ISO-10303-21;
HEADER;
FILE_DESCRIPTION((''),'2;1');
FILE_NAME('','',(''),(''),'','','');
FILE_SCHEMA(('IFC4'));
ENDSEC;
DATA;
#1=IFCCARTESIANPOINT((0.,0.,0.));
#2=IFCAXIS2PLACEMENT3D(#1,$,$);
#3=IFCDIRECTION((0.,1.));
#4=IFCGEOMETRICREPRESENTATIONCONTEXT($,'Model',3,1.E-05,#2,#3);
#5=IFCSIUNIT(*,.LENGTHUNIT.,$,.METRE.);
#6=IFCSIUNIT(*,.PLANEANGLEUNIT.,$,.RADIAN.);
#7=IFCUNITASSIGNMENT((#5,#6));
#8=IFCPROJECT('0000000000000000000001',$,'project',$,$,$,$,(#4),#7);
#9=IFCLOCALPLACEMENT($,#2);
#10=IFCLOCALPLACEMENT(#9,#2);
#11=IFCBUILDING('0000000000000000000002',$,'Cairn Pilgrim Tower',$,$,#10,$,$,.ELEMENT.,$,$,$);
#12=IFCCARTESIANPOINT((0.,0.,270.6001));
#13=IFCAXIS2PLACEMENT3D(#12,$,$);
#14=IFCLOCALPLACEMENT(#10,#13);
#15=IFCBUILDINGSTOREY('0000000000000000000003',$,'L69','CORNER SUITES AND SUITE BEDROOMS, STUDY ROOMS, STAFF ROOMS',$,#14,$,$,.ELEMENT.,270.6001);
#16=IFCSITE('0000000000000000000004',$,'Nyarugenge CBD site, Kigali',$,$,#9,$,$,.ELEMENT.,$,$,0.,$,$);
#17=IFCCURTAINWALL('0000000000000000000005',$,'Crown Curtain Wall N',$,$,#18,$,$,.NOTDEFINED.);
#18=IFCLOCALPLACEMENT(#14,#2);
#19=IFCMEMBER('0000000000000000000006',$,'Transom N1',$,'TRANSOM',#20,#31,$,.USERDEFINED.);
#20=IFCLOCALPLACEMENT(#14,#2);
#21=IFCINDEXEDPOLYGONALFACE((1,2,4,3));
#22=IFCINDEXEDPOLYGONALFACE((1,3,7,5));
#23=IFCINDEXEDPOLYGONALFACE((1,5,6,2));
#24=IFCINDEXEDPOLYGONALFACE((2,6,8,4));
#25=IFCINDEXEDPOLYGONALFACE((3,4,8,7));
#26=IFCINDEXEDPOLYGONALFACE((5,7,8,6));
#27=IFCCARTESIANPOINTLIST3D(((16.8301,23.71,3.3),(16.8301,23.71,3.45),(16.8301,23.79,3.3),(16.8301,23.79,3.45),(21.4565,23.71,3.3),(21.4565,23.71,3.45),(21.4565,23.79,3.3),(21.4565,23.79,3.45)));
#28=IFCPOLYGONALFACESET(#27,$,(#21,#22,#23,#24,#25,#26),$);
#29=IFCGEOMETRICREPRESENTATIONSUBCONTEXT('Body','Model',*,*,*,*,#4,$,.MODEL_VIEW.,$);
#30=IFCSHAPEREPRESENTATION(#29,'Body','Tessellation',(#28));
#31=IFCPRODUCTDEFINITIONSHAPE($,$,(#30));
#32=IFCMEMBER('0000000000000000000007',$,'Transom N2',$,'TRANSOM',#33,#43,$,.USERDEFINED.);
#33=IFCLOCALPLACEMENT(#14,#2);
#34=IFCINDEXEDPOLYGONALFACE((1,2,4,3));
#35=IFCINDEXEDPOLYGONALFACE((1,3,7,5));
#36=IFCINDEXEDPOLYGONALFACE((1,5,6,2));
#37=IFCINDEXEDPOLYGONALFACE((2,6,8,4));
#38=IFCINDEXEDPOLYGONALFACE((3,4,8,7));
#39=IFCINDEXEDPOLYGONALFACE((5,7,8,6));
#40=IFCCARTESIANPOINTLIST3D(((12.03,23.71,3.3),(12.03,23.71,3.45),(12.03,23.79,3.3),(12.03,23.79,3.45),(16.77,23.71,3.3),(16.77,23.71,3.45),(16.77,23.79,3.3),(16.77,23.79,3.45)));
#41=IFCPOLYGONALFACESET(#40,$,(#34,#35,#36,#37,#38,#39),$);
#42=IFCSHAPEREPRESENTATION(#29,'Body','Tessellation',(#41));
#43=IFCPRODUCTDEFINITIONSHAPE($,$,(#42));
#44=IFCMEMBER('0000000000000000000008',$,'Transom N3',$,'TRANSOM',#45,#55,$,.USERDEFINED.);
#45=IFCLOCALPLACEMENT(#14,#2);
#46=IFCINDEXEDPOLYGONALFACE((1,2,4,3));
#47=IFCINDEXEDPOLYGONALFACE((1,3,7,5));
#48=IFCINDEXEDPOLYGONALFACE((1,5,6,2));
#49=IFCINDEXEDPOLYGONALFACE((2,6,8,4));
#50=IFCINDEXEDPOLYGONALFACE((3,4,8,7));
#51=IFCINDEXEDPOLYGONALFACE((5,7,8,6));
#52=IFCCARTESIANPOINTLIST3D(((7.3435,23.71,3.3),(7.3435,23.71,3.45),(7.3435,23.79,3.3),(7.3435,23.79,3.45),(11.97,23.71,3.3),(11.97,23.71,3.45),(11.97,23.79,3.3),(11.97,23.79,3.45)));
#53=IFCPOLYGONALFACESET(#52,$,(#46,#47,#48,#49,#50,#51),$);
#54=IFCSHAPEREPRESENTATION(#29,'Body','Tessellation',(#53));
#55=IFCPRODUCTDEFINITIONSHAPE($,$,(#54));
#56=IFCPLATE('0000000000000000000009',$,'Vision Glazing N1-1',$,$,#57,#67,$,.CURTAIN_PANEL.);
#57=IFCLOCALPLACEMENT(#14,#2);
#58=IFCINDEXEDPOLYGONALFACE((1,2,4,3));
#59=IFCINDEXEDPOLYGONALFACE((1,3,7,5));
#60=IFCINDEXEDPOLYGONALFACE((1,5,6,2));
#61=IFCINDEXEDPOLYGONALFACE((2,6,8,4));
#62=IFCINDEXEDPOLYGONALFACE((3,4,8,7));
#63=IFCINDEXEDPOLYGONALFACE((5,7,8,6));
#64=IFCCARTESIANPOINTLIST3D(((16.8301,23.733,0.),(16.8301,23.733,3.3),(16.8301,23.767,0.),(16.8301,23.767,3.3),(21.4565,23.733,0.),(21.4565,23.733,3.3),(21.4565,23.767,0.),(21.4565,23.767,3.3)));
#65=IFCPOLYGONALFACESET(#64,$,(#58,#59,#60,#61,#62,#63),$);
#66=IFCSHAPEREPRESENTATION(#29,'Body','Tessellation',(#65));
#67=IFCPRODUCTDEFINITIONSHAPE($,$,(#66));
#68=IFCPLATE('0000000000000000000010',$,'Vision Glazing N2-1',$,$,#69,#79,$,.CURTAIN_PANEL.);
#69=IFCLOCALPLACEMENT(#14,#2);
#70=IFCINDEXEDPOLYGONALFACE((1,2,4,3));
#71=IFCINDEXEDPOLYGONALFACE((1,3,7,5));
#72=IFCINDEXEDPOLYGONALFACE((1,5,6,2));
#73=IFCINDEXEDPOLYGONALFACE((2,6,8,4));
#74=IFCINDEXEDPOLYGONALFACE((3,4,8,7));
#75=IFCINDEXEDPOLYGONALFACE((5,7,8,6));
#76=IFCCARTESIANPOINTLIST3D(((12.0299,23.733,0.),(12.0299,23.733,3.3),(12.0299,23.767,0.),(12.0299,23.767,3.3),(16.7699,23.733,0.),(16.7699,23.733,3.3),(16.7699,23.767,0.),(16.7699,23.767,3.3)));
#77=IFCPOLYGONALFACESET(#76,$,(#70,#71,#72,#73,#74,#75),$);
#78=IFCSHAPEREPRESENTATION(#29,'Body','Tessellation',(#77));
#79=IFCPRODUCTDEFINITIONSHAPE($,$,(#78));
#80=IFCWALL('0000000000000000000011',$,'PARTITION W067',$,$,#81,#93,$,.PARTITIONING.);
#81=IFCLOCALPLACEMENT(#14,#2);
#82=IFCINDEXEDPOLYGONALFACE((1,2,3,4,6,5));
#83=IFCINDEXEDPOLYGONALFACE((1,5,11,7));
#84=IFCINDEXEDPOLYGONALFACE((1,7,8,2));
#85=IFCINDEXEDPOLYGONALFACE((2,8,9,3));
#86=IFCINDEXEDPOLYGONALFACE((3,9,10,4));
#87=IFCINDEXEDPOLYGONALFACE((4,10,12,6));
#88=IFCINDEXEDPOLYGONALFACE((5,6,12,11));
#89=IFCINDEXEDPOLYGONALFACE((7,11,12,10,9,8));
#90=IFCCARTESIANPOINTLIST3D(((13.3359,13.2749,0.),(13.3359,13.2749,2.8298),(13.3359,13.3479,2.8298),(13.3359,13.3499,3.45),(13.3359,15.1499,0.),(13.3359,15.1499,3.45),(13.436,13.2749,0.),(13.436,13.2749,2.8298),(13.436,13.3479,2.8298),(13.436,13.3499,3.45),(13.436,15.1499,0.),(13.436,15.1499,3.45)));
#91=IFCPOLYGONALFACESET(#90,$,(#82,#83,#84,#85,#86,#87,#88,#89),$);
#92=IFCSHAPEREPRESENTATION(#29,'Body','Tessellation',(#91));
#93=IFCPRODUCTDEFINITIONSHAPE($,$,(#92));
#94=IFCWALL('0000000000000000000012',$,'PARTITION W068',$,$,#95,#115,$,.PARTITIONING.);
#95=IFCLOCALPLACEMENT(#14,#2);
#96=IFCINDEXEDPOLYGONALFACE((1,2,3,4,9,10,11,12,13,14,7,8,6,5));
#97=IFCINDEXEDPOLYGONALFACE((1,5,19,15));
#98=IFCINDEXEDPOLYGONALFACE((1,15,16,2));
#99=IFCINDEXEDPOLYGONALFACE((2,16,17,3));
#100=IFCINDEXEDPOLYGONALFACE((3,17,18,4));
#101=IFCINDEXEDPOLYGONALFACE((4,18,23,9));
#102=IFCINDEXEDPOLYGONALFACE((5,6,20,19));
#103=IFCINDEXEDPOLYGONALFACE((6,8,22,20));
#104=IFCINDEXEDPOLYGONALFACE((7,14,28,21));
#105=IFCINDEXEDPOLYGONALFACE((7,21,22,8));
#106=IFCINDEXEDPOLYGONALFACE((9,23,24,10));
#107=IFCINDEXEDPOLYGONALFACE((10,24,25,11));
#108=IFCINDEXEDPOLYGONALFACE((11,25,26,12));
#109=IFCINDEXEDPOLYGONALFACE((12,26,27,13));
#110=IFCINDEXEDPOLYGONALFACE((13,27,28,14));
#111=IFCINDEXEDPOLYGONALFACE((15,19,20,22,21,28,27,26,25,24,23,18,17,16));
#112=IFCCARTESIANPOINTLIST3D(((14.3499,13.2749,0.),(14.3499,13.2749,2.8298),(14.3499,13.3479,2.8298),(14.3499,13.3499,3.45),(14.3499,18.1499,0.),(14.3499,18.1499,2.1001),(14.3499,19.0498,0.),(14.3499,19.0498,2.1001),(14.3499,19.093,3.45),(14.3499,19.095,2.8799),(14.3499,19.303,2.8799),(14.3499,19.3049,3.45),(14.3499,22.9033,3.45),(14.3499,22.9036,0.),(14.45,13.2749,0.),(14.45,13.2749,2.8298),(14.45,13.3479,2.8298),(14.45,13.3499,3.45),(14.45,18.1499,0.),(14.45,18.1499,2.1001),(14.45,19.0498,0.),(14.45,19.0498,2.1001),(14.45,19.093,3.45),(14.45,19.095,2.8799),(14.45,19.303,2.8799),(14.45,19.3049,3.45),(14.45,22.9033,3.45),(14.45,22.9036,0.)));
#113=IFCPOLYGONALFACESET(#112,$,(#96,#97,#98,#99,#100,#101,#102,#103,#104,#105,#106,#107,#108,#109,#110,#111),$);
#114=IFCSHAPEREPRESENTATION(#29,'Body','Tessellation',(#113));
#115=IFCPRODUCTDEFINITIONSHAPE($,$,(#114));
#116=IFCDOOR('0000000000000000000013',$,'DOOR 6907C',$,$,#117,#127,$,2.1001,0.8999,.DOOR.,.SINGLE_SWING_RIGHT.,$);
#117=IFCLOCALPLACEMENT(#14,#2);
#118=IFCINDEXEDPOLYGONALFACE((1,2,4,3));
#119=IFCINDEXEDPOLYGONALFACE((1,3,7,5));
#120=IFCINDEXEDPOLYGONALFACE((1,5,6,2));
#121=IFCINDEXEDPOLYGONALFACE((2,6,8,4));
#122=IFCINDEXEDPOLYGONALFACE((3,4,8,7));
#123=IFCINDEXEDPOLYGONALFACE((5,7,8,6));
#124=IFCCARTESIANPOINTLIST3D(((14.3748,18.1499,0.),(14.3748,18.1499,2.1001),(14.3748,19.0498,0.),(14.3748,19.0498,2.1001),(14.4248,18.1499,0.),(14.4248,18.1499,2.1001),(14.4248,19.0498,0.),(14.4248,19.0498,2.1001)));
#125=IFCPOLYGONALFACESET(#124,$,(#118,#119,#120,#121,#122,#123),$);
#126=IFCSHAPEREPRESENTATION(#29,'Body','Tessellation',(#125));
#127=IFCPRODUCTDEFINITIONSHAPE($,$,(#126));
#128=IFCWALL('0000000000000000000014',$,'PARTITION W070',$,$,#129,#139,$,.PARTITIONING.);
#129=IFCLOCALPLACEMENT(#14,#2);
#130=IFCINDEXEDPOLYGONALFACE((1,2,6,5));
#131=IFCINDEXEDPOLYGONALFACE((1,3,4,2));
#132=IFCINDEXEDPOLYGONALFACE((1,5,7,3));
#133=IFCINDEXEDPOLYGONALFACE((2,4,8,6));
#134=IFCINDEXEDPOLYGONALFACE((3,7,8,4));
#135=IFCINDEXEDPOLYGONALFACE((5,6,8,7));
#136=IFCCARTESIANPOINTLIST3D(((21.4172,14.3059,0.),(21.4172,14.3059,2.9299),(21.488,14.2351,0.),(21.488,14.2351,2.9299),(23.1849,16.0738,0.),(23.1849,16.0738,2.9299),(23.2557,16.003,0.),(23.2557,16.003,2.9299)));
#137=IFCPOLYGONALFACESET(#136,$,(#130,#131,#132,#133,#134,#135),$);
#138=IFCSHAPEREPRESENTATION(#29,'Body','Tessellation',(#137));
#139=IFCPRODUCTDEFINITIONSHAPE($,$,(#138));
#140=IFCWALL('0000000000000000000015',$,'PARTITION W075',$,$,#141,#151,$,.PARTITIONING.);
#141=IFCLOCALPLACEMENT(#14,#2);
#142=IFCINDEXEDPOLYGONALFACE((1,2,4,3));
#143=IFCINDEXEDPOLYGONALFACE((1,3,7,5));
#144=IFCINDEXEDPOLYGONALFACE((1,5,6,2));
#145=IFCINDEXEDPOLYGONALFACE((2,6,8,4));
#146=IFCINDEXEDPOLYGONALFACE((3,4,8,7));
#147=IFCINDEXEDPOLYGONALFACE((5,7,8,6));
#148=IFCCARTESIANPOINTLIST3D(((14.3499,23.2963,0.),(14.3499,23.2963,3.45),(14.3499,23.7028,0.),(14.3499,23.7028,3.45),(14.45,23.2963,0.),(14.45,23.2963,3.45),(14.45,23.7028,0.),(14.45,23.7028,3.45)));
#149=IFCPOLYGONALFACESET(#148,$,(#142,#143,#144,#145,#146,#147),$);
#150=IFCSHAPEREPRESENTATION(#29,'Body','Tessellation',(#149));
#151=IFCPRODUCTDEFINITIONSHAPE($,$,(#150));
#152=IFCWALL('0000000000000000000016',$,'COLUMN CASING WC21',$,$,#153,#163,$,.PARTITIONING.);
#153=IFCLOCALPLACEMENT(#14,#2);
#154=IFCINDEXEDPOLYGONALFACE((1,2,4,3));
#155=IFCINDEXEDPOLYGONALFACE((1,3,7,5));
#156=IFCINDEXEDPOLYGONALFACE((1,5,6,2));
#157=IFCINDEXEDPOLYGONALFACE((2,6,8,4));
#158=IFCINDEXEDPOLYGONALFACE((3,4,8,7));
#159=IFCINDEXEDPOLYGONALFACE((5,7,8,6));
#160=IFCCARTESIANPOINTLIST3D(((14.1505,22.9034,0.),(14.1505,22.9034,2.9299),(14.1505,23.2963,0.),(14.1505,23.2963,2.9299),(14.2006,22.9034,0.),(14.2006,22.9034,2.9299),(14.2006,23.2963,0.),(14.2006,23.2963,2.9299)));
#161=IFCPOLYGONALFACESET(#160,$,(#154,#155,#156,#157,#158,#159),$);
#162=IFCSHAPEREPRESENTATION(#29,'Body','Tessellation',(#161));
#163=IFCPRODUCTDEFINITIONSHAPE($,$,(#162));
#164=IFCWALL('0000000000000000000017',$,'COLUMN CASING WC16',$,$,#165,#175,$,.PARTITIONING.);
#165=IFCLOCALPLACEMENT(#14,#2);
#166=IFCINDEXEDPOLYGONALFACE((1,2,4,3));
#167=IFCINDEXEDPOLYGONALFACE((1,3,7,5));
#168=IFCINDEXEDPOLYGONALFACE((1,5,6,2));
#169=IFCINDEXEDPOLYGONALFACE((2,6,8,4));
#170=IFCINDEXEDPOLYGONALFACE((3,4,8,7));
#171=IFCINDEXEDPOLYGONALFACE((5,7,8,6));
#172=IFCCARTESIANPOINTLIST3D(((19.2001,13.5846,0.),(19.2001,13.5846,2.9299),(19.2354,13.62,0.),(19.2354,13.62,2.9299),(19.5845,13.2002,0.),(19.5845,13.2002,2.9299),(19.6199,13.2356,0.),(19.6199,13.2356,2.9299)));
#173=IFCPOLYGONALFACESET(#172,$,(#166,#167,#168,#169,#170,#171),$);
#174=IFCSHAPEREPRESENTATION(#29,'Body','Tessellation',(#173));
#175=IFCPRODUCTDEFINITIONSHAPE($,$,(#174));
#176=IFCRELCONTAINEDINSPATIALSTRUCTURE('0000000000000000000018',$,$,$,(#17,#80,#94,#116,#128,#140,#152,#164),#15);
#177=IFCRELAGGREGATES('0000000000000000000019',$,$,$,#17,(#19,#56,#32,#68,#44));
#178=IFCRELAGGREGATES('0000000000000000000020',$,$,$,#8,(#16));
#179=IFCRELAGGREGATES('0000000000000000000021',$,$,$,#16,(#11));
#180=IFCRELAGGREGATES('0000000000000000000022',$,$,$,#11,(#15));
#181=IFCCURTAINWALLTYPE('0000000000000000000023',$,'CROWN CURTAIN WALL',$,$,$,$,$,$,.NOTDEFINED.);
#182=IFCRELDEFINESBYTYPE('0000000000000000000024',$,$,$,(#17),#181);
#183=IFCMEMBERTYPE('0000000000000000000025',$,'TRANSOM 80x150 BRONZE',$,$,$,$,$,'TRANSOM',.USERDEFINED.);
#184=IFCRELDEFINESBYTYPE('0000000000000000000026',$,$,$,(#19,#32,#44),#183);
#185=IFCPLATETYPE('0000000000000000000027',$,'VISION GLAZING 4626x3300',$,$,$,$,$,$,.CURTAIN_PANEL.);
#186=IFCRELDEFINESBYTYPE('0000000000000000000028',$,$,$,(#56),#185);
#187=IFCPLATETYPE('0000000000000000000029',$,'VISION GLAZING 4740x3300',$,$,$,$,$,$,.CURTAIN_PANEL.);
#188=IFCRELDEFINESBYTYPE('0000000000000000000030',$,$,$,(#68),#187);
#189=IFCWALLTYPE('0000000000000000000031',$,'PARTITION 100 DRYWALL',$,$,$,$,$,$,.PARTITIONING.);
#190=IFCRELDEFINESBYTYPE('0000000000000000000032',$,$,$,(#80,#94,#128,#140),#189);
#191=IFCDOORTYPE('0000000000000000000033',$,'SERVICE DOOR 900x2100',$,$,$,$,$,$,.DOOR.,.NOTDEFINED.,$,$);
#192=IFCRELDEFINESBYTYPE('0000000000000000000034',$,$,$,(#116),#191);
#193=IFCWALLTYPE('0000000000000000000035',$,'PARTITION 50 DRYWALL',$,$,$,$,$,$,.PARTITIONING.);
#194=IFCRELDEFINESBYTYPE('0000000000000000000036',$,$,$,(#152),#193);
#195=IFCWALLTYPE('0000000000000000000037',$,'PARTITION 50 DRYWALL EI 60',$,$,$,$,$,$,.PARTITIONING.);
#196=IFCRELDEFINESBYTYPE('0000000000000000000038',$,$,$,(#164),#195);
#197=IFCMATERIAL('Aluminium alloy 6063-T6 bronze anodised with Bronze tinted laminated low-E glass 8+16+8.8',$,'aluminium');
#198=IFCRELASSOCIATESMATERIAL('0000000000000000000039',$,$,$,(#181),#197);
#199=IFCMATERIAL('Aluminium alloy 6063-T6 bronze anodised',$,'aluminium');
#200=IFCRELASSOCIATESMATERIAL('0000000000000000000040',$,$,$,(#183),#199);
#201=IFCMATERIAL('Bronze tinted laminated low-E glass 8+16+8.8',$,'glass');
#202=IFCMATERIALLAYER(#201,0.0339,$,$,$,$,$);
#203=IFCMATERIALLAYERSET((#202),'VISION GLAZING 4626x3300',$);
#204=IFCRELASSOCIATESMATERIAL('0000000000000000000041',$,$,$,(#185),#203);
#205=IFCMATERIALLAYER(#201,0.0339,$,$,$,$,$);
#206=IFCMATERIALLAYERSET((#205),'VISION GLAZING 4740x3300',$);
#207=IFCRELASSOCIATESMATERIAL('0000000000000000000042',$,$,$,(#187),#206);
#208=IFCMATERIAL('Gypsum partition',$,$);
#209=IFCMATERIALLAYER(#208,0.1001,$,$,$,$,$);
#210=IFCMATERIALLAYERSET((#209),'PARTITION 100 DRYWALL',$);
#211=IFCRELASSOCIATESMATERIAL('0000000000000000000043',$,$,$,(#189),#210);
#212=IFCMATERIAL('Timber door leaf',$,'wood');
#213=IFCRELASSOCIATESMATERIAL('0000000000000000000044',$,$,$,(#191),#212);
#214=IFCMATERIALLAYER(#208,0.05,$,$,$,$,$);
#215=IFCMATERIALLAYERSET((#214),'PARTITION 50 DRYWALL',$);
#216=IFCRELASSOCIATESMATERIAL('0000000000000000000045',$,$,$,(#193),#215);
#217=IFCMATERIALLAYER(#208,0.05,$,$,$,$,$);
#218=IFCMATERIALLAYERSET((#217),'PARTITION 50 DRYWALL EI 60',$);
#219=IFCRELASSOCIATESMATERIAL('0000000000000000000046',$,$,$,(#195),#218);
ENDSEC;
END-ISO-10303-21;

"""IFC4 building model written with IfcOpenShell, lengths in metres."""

from ifc_helpers import new_model, si_unit, direction, frame, frame_2d, origin, origin_2d, place, context, subcontext, project, spatial, polyline, rectangle, outline, extrude, material, layer, layer_set, material_profile, profile_set, type_object, element, fill, aggregate, save


model = new_model("IFC4")

# Units and contexts
model_context = context("Model", 3, precision=1e-05, world=origin(), true_north=direction((0.0, 1.0)))
body_context = subcontext(model_context, "Body", "Model", "MODEL_VIEW")
ifc_project = project(units=[si_unit("LENGTHUNIT", "METRE"), si_unit("PLANEANGLEUNIT", "RADIAN")], contexts=[model_context])

# Site, building, storey
site_placement = place(None, origin())
site = spatial("IfcSite", under=ifc_project, at=site_placement, Name="Nyarugenge CBD site, Kigali", CompositionType="ELEMENT", RefElevation=0.0)
building_placement = place(site_placement, origin())
building = spatial("IfcBuilding", under=site, at=building_placement, Name="Cairn Pilgrim Tower", CompositionType="ELEMENT")
storey_placement = place(building_placement, frame((0.0, 0.0, 270.6001)))
storey = spatial("IfcBuildingStorey", under=building, at=storey_placement, Name="L69", Description="CORNER SUITES AND SUITE BEDROOMS, STUDY ROOMS, STAFF ROOMS", CompositionType="ELEMENT", Elevation=270.6001)

# Curtain wall
ifc_material_1 = material(Name="Aluminium alloy 6063-T6 bronze anodised with Bronze tinted laminated low-E glass 8+16+8.8", Category="aluminium")
curtain_wall_type = type_object("IfcCurtainWallType", Name="CROWN CURTAIN WALL", PredefinedType="NOTDEFINED", material=ifc_material_1)
curtain_wall_placement = place(storey_placement, origin())
curtain_wall = element("IfcCurtainWall", 1, at=curtain_wall_placement, inside=storey, type_object=curtain_wall_type, Name="Crown Curtain Wall N", PredefinedType="NOTDEFINED")
ifc_material_2 = material(Name="Aluminium alloy 6063-T6 bronze anodised", Category="aluminium")

# Members
ifc_material_profile_1 = material_profile(ifc_material_2, rectangle(XDim=0.0801, YDim=0.1499, at=origin_2d()), Name="TRANSOM 80x150 BRONZE")
ifc_profile_set_1 = profile_set([ifc_material_profile_1], Name="Aluminium alloy 6063-T6 bronze anodised")
member_type_1 = type_object("IfcMemberType", Name="TRANSOM 80x150 BRONZE", ElementType="TRANSOM", PredefinedType="USERDEFINED", material=ifc_profile_set_1)
member_1_placement = place(storey_placement, frame((21.4565, 23.75, 3.375), z_axis=(-1.0, 0.0, 0.0), x_axis=(0.0, -1.0, 0.0)))
member_1 = element("IfcMember", 2, at=member_1_placement, type_object=member_type_1, Name="Transom N1", ObjectType="TRANSOM", PredefinedType="USERDEFINED", context=body_context, shape_type="SweptSolid", body=[
    extrude(rectangle(XDim=0.0801, YDim=0.1499, at=origin_2d()), origin(), (0.0, 0.0, 1.0), 4.6265),
])
member_2_placement = place(storey_placement, frame((16.77, 23.75, 3.375), z_axis=(-1.0, 0.0, 0.0), x_axis=(0.0, -1.0, 0.0)))
member_2 = element("IfcMember", 3, at=member_2_placement, type_object=member_type_1, Name="Transom N2", ObjectType="TRANSOM", PredefinedType="USERDEFINED", context=body_context, shape_type="SweptSolid", body=[
    extrude(rectangle(XDim=0.0801, YDim=0.1499, at=origin_2d()), origin(), (0.0, 0.0, 1.0), 4.74),
])
member_3_placement = place(storey_placement, frame((11.97, 23.75, 3.375), z_axis=(-1.0, 0.0, 0.0), x_axis=(0.0, -1.0, 0.0)))
member_3 = element("IfcMember", 4, at=member_3_placement, type_object=member_type_1, Name="Transom N3", ObjectType="TRANSOM", PredefinedType="USERDEFINED", context=body_context, shape_type="SweptSolid", body=[
    extrude(rectangle(XDim=0.0801, YDim=0.1499, at=origin_2d()), origin(), (0.0, 0.0, 1.0), 4.6265),
])

# Plates
ifc_material_3 = material(Name="Bronze tinted laminated low-E glass 8+16+8.8", Category="glass")
ifc_layer_1 = layer(ifc_material_3, 0.0339)
ifc_layer_set_1 = layer_set([ifc_layer_1], Name="VISION GLAZING 4626x3300")
plate_type_1 = type_object("IfcPlateType", Name="VISION GLAZING 4626x3300", PredefinedType="CURTAIN_PANEL", material=ifc_layer_set_1)
plate_1_placement = place(storey_placement, frame((19.1433, 23.75, 0.0), z_axis=(0.0, 0.0, 1.0), x_axis=(-1.0, 0.0, 0.0)))
plate_1 = element("IfcPlate", 5, at=plate_1_placement, type_object=plate_type_1, Name="Vision Glazing N1-1", PredefinedType="CURTAIN_PANEL", context=body_context, shape_type="SweptSolid", body=[
    extrude(rectangle(XDim=4.6265, YDim=0.0339, at=origin_2d()), origin(), (0.0, 0.0, 1.0), 3.3),
])
ifc_layer_2 = layer(ifc_material_3, 0.0339)
ifc_layer_set_2 = layer_set([ifc_layer_2], Name="VISION GLAZING 4740x3300")
plate_type_2 = type_object("IfcPlateType", Name="VISION GLAZING 4740x3300", PredefinedType="CURTAIN_PANEL", material=ifc_layer_set_2)
plate_2_placement = place(storey_placement, frame((14.3999, 23.75, 0.0), z_axis=(0.0, 0.0, 1.0), x_axis=(-1.0, 0.0, 0.0)))
plate_2 = element("IfcPlate", 6, at=plate_2_placement, type_object=plate_type_2, Name="Vision Glazing N2-1", PredefinedType="CURTAIN_PANEL", context=body_context, shape_type="SweptSolid", body=[
    extrude(rectangle(XDim=4.74, YDim=0.0339, at=origin_2d()), origin(), (0.0, 0.0, 1.0), 3.3),
])
aggregate(curtain_wall, [member_1, plate_1, member_2, plate_2, member_3])

# Wall
ifc_material_4 = material(Name="Gypsum partition")
ifc_layer_3 = layer(ifc_material_4, 0.1001)
ifc_layer_set_3 = layer_set([ifc_layer_3], Name="PARTITION 100 DRYWALL")
wall_type_1 = type_object("IfcWallType", Name="PARTITION 100 DRYWALL", PredefinedType="PARTITIONING", material=ifc_layer_set_3)
wall_1_placement = place(storey_placement, frame((13.386, 13.2749, 0.0), z_axis=(0.0, 0.0, 1.0), x_axis=(0.0, 1.0, 0.0)))
element("IfcWall", 7, at=wall_1_placement, inside=storey, type_object=wall_type_1, Name="PARTITION W067", PredefinedType="PARTITIONING", context=body_context, shape_type="SweptSolid", body=[
    extrude(outline(polyline([(0.0, 0.0), (1.875, 0.0), (1.875, 3.45), (0.075, 3.45), (0.073, 2.8298), (0.0, 2.8298), (0.0, 0.0)])), frame((0.0, 0.05, 0.0), z_axis=(0.0, -1.0, 0.0), x_axis=(1.0, 0.0, 0.0)), (0.0, 0.0, 1.0), 0.1001),
])

# Wall, opening, door
wall_2_placement = place(storey_placement, frame((14.3999, 13.2749, 0.0), z_axis=(0.0, 0.0, 1.0), x_axis=(0.0, 1.0, 0.0)))
wall_2 = element("IfcWall", 8, at=wall_2_placement, inside=storey, type_object=wall_type_1, Name="PARTITION W068", PredefinedType="PARTITIONING", context=body_context, shape_type="SweptSolid", body=[
    extrude(outline(polyline([(0.0, 0.0), (9.6287, 0.0), (9.6284, 3.45), (6.03, 3.45), (6.0281, 2.8799), (5.8201, 2.8799), (5.8181, 3.45), (0.075, 3.45), (0.073, 2.8298), (0.0, 2.8298), (0.0, 0.0)])), frame((0.0, 0.05, 0.0), z_axis=(0.0, -1.0, 0.0), x_axis=(1.0, 0.0, 0.0)), (0.0, 0.0, 1.0), 0.1001),
])
opening_placement = place(wall_2_placement, frame((4.875, 0.0, 0.0)))
opening = element("IfcOpeningElement", 9, at=opening_placement, cuts=wall_2, PredefinedType="OPENING", context=body_context, shape_type="SweptSolid", body=[
    extrude(rectangle(XDim=0.8999, YDim=2.1001, at=frame_2d((0.45, 1.05))), frame((0.0, 0.0601, 0.0), z_axis=(0.0, -1.0, 0.0), x_axis=(1.0, 0.0, 0.0)), (0.0, 0.0, 1.0), 0.1201),
])
ifc_material_5 = material(Name="Timber door leaf", Category="wood")
door_type = type_object("IfcDoorType", Name="SERVICE DOOR 900x2100", OperationType="NOTDEFINED", PredefinedType="DOOR", material=ifc_material_5)
door_placement = place(opening_placement, frame((0.8999, 0.0, 0.0), z_axis=(0.0, 0.0, 1.0), x_axis=(-1.0, 0.0, 0.0)))
door = element("IfcDoor", 10, at=door_placement, inside=storey, type_object=door_type, Name="DOOR 6907C", OperationType="SINGLE_SWING_RIGHT", OverallHeight=2.1001, OverallWidth=0.8999, PredefinedType="DOOR", context=body_context, shape_type="SweptSolid", body=[
    extrude(rectangle(XDim=0.8999, YDim=2.1001, at=frame_2d((0.45, 1.05))), frame((0.0, 0.0249, 0.0), z_axis=(0.0, -1.0, 0.0), x_axis=(1.0, 0.0, 0.0)), (0.0, 0.0, 1.0), 0.05),
])
fill(opening, door)

# Walls
wall_3_placement = place(storey_placement, frame((21.4526, 14.2705, 0.0), z_axis=(0.0, 0.0, 1.0), x_axis=(0.707058, 0.707156, 0.0)))
element("IfcWall", 11, at=wall_3_placement, inside=storey, type_object=wall_type_1, Name="PARTITION W070", PredefinedType="PARTITIONING", context=body_context, shape_type="SweptSolid", body=[
    extrude(rectangle(XDim=2.5, YDim=0.1001, at=frame_2d((1.25, 0.0))), origin(), (0.0, 0.0, 1.0), 2.9299),
])
wall_4_placement = place(storey_placement, frame((14.3999, 23.2964, 0.0), z_axis=(0.0, 0.0, 1.0), x_axis=(0.0, 1.0, 0.0)))
element("IfcWall", 12, at=wall_4_placement, inside=storey, type_object=wall_type_1, Name="PARTITION W075", PredefinedType="PARTITIONING", context=body_context, shape_type="SweptSolid", body=[
    extrude(rectangle(XDim=0.4065, YDim=0.1001, at=frame_2d((0.2031, 0.0))), origin(), (0.0, 0.0, 1.0), 3.45),
])
ifc_layer_4 = layer(ifc_material_4, 0.05)
ifc_layer_set_4 = layer_set([ifc_layer_4], Name="PARTITION 50 DRYWALL")
wall_type_2 = type_object("IfcWallType", Name="PARTITION 50 DRYWALL", PredefinedType="PARTITIONING", material=ifc_layer_set_4)
wall_5_placement = place(storey_placement, frame((14.1755, 22.9036, 0.0), z_axis=(0.0, 0.0, 1.0), x_axis=(0.0, 1.0, 0.0)))
element("IfcWall", 13, at=wall_5_placement, inside=storey, type_object=wall_type_2, Name="COLUMN CASING WC21", PredefinedType="PARTITIONING", context=body_context, shape_type="SweptSolid", body=[
    extrude(rectangle(XDim=0.3928, YDim=0.05, at=frame_2d((0.1963, 0.0))), origin(), (0.0, 0.0, 1.0), 2.9299),
])
ifc_layer_5 = layer(ifc_material_4, 0.05)
ifc_layer_set_5 = layer_set([ifc_layer_5], Name="PARTITION 50 DRYWALL EI 60")
wall_type_3 = type_object("IfcWallType", Name="PARTITION 50 DRYWALL EI 60", PredefinedType="PARTITIONING", material=ifc_layer_set_5)
wall_6_placement = place(storey_placement, frame((19.6023, 13.2178, 0.0), z_axis=(0.0, 0.0, 1.0), x_axis=(-0.707107, 0.707107, 0.0)))
element("IfcWall", 14, at=wall_6_placement, inside=storey, type_object=wall_type_3, Name="COLUMN CASING WC16", PredefinedType="PARTITIONING", context=body_context, shape_type="SweptSolid", body=[
    extrude(rectangle(XDim=0.5437, YDim=0.05, at=frame_2d((0.272, 0.0))), origin(), (0.0, 0.0, 1.0), 2.9299),
])

save(model, "model.ifc")
